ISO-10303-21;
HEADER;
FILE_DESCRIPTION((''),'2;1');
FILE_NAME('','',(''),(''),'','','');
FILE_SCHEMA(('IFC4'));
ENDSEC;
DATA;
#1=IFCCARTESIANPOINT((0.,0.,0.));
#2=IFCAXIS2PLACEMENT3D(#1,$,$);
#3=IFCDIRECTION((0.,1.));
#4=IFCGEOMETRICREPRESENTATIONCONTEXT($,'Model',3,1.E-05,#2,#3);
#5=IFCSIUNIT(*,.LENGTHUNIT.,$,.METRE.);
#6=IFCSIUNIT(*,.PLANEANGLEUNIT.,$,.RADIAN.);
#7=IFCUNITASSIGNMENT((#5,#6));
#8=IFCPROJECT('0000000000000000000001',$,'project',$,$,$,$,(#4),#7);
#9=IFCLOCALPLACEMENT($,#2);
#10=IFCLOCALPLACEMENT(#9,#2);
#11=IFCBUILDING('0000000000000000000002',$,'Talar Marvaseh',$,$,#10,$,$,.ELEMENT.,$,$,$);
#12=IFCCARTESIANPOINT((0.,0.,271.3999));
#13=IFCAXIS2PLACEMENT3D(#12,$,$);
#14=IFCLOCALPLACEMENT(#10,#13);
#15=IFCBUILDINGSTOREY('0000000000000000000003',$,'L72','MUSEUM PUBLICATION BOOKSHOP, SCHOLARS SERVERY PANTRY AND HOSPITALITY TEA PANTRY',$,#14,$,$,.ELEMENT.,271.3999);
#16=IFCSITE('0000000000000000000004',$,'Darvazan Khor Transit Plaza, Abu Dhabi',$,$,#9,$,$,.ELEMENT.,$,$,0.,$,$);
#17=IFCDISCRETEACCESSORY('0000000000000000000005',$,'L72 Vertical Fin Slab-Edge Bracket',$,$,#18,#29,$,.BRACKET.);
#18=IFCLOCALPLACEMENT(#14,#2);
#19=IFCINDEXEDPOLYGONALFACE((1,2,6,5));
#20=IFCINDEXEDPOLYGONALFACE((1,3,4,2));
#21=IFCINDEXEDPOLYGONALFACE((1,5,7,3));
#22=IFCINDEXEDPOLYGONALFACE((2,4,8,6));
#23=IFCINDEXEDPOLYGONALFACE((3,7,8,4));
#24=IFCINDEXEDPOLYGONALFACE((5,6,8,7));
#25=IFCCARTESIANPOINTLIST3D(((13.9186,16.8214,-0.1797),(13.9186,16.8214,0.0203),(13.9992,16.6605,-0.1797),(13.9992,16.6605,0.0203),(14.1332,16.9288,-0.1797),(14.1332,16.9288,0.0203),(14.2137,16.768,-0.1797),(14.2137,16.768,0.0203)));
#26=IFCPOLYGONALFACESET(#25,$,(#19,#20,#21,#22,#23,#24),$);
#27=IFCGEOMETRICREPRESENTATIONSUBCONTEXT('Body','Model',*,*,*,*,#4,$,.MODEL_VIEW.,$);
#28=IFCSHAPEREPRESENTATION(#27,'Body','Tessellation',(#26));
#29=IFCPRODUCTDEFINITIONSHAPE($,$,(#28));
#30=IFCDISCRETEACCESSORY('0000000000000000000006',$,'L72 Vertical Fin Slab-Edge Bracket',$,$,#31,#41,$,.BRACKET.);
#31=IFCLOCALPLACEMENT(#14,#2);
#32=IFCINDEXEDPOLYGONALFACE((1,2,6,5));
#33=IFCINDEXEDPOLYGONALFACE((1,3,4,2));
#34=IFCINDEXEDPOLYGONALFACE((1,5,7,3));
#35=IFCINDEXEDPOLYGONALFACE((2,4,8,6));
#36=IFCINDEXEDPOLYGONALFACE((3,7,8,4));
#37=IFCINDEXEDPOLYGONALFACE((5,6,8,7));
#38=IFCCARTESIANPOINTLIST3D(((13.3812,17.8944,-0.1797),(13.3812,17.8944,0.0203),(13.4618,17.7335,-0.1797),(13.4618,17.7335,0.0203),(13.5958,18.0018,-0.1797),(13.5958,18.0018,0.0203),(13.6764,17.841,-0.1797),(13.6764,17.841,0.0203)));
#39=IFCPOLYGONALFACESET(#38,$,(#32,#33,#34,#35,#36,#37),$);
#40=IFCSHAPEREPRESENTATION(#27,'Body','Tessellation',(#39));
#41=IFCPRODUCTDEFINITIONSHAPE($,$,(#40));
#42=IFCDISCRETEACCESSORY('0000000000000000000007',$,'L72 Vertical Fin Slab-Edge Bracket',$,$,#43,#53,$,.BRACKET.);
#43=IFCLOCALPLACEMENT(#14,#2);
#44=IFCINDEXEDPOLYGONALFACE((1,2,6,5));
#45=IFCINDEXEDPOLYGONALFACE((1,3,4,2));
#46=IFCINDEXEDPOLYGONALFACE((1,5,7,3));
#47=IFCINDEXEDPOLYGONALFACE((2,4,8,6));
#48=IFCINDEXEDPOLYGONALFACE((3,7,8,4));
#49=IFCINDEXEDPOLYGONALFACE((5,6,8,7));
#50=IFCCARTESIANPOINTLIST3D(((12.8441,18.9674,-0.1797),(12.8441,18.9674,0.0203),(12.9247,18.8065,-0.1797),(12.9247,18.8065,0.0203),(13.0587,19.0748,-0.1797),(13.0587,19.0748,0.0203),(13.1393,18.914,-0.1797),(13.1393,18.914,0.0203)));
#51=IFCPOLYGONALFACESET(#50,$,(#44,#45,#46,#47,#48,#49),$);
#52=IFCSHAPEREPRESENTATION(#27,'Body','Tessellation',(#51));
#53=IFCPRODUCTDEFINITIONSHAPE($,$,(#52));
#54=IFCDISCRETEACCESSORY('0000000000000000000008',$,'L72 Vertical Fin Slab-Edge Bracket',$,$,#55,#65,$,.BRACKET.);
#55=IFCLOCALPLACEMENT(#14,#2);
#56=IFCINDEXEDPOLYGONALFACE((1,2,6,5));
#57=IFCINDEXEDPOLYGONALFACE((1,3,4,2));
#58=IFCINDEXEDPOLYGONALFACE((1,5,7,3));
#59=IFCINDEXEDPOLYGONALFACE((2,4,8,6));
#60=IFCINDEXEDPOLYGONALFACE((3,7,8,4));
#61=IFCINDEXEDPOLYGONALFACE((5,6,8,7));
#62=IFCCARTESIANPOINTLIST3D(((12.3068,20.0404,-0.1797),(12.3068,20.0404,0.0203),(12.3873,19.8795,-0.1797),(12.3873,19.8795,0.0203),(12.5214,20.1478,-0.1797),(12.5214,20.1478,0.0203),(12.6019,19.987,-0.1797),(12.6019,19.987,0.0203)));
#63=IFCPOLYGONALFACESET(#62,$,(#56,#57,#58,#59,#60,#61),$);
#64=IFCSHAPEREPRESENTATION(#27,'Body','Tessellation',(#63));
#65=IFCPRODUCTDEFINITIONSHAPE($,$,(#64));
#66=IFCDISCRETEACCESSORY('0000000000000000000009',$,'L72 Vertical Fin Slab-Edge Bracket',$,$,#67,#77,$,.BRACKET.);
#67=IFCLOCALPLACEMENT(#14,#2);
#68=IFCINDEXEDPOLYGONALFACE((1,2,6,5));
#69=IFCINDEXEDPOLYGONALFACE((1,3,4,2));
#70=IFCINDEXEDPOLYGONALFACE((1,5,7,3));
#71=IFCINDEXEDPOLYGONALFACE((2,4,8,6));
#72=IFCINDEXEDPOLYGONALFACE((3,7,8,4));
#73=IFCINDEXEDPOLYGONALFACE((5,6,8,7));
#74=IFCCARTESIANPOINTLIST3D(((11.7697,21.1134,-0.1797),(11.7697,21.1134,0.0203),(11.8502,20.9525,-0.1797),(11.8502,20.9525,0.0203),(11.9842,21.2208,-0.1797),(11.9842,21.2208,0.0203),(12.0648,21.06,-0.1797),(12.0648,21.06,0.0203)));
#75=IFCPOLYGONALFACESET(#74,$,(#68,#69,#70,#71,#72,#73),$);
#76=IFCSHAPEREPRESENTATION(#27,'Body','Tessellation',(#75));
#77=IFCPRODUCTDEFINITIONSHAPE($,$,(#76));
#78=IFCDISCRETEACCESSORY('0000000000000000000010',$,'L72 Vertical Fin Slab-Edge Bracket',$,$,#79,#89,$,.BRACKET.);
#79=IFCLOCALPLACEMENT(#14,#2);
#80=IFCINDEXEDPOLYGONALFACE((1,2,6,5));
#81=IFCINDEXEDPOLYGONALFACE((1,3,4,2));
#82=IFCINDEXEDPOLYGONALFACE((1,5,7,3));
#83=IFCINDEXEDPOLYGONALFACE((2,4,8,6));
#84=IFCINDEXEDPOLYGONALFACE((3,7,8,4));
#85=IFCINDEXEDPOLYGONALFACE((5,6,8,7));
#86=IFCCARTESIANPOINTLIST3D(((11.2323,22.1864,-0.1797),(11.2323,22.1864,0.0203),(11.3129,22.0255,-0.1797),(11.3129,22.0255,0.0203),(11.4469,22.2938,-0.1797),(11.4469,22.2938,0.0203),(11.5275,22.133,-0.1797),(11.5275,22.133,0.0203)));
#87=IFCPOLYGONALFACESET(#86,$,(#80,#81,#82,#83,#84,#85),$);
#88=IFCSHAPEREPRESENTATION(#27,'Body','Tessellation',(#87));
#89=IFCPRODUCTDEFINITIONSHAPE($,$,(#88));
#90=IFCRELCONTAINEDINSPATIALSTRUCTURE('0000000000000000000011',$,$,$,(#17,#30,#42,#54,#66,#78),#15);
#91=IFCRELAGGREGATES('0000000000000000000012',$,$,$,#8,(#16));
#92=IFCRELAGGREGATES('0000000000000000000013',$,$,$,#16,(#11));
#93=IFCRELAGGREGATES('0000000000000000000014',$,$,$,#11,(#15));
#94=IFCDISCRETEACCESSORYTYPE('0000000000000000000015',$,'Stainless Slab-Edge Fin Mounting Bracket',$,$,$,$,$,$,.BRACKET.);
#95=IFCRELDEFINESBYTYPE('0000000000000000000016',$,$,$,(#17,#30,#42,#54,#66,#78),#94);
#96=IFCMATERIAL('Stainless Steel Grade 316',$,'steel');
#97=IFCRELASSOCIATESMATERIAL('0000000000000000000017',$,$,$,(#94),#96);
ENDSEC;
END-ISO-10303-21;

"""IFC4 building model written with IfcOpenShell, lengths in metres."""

from ifc_helpers import new_model, si_unit, direction, frame, origin, origin_2d, place, context, subcontext, project, spatial, rectangle, extrude, source, transform, mapped, material, type_object, type_shapes, element, save


model = new_model("IFC4")

# Units and contexts
model_context = context("Model", 3, precision=1e-05, world=origin(), true_north=direction((0.0, 1.0)))
body_context = subcontext(model_context, "Body", "Model", "MODEL_VIEW")
ifc_project = project(units=[si_unit("LENGTHUNIT", "METRE"), si_unit("PLANEANGLEUNIT", "RADIAN")], contexts=[model_context])

# Site, building, storey
site_placement = place(None, origin())
site = spatial("IfcSite", under=ifc_project, at=site_placement, Name="Darvazan Khor Transit Plaza, Abu Dhabi", CompositionType="ELEMENT", RefElevation=0.0)
building_placement = place(site_placement, origin())
building = spatial("IfcBuilding", under=site, at=building_placement, Name="Talar Marvaseh", CompositionType="ELEMENT")
storey_placement = place(building_placement, frame((0.0, 0.0, 271.3999)))
storey = spatial("IfcBuildingStorey", under=building, at=storey_placement, Name="L72", Description="MUSEUM PUBLICATION BOOKSHOP, SCHOLARS SERVERY PANTRY AND HOSPITALITY TEA PANTRY", CompositionType="ELEMENT", Elevation=271.3999)

# Discrete accessories
ifc_material_1 = material(Name="Stainless Steel Grade 316", Category="steel")
discrete_accessory_type = type_object("IfcDiscreteAccessoryType", Name="Stainless Slab-Edge Fin Mounting Bracket", PredefinedType="BRACKET", material=ifc_material_1)
shared_shape_1 = source(origin(), body_context, "Body", "SweptSolid", [
    extrude(rectangle(XDim=0.24, YDim=0.1799, at=origin_2d()), origin(), (0.0, 0.0, 1.0), 0.2),
])
type_shapes(discrete_accessory_type, [shared_shape_1])
for number, where, z_axis, x_axis, name in (
    (1, (14.0662, 16.7947, -0.1797), (0.0, 0.0, 1.0), (-0.894154, -0.447759, 0.0), "L72 Vertical Fin Slab-Edge Bracket"),
    (2, (13.5288, 17.8677, -0.1797), (0.0, 0.0, 1.0), (-0.894154, -0.447759, 0.0), "L72 Vertical Fin Slab-Edge Bracket"),
    (3, (12.9917, 18.9407, -0.1797), (0.0, 0.0, 1.0), (-0.894154, -0.447759, 0.0), "L72 Vertical Fin Slab-Edge Bracket"),
    (4, (12.4543, 20.0137, -0.1797), (0.0, 0.0, 1.0), (-0.894154, -0.447759, 0.0), "L72 Vertical Fin Slab-Edge Bracket"),
    (5, (11.9172, 21.0867, -0.1797), (0.0, 0.0, 1.0), (-0.894154, -0.447759, 0.0), "L72 Vertical Fin Slab-Edge Bracket"),
    (6, (11.3799, 22.1597, -0.1797), (0.0, 0.0, 1.0), (-0.894154, -0.447759, 0.0), "L72 Vertical Fin Slab-Edge Bracket"),
):
    element("IfcDiscreteAccessory", number, at=place(storey_placement, frame(where, z_axis=z_axis, x_axis=x_axis)), inside=storey, type_object=discrete_accessory_type, Name=name, PredefinedType="BRACKET", context=body_context, shape_type="MappedRepresentation", body=[
        mapped(shared_shape_1, transform((0.0, 0.0, 0.0), x_axis=(1.0, 0.0, 0.0), y_axis=(0.0, 1.0, 0.0), z_axis=(0.0, 0.0, 1.0), scale=1.0)),
    ])

save(model, "model.ifc")
